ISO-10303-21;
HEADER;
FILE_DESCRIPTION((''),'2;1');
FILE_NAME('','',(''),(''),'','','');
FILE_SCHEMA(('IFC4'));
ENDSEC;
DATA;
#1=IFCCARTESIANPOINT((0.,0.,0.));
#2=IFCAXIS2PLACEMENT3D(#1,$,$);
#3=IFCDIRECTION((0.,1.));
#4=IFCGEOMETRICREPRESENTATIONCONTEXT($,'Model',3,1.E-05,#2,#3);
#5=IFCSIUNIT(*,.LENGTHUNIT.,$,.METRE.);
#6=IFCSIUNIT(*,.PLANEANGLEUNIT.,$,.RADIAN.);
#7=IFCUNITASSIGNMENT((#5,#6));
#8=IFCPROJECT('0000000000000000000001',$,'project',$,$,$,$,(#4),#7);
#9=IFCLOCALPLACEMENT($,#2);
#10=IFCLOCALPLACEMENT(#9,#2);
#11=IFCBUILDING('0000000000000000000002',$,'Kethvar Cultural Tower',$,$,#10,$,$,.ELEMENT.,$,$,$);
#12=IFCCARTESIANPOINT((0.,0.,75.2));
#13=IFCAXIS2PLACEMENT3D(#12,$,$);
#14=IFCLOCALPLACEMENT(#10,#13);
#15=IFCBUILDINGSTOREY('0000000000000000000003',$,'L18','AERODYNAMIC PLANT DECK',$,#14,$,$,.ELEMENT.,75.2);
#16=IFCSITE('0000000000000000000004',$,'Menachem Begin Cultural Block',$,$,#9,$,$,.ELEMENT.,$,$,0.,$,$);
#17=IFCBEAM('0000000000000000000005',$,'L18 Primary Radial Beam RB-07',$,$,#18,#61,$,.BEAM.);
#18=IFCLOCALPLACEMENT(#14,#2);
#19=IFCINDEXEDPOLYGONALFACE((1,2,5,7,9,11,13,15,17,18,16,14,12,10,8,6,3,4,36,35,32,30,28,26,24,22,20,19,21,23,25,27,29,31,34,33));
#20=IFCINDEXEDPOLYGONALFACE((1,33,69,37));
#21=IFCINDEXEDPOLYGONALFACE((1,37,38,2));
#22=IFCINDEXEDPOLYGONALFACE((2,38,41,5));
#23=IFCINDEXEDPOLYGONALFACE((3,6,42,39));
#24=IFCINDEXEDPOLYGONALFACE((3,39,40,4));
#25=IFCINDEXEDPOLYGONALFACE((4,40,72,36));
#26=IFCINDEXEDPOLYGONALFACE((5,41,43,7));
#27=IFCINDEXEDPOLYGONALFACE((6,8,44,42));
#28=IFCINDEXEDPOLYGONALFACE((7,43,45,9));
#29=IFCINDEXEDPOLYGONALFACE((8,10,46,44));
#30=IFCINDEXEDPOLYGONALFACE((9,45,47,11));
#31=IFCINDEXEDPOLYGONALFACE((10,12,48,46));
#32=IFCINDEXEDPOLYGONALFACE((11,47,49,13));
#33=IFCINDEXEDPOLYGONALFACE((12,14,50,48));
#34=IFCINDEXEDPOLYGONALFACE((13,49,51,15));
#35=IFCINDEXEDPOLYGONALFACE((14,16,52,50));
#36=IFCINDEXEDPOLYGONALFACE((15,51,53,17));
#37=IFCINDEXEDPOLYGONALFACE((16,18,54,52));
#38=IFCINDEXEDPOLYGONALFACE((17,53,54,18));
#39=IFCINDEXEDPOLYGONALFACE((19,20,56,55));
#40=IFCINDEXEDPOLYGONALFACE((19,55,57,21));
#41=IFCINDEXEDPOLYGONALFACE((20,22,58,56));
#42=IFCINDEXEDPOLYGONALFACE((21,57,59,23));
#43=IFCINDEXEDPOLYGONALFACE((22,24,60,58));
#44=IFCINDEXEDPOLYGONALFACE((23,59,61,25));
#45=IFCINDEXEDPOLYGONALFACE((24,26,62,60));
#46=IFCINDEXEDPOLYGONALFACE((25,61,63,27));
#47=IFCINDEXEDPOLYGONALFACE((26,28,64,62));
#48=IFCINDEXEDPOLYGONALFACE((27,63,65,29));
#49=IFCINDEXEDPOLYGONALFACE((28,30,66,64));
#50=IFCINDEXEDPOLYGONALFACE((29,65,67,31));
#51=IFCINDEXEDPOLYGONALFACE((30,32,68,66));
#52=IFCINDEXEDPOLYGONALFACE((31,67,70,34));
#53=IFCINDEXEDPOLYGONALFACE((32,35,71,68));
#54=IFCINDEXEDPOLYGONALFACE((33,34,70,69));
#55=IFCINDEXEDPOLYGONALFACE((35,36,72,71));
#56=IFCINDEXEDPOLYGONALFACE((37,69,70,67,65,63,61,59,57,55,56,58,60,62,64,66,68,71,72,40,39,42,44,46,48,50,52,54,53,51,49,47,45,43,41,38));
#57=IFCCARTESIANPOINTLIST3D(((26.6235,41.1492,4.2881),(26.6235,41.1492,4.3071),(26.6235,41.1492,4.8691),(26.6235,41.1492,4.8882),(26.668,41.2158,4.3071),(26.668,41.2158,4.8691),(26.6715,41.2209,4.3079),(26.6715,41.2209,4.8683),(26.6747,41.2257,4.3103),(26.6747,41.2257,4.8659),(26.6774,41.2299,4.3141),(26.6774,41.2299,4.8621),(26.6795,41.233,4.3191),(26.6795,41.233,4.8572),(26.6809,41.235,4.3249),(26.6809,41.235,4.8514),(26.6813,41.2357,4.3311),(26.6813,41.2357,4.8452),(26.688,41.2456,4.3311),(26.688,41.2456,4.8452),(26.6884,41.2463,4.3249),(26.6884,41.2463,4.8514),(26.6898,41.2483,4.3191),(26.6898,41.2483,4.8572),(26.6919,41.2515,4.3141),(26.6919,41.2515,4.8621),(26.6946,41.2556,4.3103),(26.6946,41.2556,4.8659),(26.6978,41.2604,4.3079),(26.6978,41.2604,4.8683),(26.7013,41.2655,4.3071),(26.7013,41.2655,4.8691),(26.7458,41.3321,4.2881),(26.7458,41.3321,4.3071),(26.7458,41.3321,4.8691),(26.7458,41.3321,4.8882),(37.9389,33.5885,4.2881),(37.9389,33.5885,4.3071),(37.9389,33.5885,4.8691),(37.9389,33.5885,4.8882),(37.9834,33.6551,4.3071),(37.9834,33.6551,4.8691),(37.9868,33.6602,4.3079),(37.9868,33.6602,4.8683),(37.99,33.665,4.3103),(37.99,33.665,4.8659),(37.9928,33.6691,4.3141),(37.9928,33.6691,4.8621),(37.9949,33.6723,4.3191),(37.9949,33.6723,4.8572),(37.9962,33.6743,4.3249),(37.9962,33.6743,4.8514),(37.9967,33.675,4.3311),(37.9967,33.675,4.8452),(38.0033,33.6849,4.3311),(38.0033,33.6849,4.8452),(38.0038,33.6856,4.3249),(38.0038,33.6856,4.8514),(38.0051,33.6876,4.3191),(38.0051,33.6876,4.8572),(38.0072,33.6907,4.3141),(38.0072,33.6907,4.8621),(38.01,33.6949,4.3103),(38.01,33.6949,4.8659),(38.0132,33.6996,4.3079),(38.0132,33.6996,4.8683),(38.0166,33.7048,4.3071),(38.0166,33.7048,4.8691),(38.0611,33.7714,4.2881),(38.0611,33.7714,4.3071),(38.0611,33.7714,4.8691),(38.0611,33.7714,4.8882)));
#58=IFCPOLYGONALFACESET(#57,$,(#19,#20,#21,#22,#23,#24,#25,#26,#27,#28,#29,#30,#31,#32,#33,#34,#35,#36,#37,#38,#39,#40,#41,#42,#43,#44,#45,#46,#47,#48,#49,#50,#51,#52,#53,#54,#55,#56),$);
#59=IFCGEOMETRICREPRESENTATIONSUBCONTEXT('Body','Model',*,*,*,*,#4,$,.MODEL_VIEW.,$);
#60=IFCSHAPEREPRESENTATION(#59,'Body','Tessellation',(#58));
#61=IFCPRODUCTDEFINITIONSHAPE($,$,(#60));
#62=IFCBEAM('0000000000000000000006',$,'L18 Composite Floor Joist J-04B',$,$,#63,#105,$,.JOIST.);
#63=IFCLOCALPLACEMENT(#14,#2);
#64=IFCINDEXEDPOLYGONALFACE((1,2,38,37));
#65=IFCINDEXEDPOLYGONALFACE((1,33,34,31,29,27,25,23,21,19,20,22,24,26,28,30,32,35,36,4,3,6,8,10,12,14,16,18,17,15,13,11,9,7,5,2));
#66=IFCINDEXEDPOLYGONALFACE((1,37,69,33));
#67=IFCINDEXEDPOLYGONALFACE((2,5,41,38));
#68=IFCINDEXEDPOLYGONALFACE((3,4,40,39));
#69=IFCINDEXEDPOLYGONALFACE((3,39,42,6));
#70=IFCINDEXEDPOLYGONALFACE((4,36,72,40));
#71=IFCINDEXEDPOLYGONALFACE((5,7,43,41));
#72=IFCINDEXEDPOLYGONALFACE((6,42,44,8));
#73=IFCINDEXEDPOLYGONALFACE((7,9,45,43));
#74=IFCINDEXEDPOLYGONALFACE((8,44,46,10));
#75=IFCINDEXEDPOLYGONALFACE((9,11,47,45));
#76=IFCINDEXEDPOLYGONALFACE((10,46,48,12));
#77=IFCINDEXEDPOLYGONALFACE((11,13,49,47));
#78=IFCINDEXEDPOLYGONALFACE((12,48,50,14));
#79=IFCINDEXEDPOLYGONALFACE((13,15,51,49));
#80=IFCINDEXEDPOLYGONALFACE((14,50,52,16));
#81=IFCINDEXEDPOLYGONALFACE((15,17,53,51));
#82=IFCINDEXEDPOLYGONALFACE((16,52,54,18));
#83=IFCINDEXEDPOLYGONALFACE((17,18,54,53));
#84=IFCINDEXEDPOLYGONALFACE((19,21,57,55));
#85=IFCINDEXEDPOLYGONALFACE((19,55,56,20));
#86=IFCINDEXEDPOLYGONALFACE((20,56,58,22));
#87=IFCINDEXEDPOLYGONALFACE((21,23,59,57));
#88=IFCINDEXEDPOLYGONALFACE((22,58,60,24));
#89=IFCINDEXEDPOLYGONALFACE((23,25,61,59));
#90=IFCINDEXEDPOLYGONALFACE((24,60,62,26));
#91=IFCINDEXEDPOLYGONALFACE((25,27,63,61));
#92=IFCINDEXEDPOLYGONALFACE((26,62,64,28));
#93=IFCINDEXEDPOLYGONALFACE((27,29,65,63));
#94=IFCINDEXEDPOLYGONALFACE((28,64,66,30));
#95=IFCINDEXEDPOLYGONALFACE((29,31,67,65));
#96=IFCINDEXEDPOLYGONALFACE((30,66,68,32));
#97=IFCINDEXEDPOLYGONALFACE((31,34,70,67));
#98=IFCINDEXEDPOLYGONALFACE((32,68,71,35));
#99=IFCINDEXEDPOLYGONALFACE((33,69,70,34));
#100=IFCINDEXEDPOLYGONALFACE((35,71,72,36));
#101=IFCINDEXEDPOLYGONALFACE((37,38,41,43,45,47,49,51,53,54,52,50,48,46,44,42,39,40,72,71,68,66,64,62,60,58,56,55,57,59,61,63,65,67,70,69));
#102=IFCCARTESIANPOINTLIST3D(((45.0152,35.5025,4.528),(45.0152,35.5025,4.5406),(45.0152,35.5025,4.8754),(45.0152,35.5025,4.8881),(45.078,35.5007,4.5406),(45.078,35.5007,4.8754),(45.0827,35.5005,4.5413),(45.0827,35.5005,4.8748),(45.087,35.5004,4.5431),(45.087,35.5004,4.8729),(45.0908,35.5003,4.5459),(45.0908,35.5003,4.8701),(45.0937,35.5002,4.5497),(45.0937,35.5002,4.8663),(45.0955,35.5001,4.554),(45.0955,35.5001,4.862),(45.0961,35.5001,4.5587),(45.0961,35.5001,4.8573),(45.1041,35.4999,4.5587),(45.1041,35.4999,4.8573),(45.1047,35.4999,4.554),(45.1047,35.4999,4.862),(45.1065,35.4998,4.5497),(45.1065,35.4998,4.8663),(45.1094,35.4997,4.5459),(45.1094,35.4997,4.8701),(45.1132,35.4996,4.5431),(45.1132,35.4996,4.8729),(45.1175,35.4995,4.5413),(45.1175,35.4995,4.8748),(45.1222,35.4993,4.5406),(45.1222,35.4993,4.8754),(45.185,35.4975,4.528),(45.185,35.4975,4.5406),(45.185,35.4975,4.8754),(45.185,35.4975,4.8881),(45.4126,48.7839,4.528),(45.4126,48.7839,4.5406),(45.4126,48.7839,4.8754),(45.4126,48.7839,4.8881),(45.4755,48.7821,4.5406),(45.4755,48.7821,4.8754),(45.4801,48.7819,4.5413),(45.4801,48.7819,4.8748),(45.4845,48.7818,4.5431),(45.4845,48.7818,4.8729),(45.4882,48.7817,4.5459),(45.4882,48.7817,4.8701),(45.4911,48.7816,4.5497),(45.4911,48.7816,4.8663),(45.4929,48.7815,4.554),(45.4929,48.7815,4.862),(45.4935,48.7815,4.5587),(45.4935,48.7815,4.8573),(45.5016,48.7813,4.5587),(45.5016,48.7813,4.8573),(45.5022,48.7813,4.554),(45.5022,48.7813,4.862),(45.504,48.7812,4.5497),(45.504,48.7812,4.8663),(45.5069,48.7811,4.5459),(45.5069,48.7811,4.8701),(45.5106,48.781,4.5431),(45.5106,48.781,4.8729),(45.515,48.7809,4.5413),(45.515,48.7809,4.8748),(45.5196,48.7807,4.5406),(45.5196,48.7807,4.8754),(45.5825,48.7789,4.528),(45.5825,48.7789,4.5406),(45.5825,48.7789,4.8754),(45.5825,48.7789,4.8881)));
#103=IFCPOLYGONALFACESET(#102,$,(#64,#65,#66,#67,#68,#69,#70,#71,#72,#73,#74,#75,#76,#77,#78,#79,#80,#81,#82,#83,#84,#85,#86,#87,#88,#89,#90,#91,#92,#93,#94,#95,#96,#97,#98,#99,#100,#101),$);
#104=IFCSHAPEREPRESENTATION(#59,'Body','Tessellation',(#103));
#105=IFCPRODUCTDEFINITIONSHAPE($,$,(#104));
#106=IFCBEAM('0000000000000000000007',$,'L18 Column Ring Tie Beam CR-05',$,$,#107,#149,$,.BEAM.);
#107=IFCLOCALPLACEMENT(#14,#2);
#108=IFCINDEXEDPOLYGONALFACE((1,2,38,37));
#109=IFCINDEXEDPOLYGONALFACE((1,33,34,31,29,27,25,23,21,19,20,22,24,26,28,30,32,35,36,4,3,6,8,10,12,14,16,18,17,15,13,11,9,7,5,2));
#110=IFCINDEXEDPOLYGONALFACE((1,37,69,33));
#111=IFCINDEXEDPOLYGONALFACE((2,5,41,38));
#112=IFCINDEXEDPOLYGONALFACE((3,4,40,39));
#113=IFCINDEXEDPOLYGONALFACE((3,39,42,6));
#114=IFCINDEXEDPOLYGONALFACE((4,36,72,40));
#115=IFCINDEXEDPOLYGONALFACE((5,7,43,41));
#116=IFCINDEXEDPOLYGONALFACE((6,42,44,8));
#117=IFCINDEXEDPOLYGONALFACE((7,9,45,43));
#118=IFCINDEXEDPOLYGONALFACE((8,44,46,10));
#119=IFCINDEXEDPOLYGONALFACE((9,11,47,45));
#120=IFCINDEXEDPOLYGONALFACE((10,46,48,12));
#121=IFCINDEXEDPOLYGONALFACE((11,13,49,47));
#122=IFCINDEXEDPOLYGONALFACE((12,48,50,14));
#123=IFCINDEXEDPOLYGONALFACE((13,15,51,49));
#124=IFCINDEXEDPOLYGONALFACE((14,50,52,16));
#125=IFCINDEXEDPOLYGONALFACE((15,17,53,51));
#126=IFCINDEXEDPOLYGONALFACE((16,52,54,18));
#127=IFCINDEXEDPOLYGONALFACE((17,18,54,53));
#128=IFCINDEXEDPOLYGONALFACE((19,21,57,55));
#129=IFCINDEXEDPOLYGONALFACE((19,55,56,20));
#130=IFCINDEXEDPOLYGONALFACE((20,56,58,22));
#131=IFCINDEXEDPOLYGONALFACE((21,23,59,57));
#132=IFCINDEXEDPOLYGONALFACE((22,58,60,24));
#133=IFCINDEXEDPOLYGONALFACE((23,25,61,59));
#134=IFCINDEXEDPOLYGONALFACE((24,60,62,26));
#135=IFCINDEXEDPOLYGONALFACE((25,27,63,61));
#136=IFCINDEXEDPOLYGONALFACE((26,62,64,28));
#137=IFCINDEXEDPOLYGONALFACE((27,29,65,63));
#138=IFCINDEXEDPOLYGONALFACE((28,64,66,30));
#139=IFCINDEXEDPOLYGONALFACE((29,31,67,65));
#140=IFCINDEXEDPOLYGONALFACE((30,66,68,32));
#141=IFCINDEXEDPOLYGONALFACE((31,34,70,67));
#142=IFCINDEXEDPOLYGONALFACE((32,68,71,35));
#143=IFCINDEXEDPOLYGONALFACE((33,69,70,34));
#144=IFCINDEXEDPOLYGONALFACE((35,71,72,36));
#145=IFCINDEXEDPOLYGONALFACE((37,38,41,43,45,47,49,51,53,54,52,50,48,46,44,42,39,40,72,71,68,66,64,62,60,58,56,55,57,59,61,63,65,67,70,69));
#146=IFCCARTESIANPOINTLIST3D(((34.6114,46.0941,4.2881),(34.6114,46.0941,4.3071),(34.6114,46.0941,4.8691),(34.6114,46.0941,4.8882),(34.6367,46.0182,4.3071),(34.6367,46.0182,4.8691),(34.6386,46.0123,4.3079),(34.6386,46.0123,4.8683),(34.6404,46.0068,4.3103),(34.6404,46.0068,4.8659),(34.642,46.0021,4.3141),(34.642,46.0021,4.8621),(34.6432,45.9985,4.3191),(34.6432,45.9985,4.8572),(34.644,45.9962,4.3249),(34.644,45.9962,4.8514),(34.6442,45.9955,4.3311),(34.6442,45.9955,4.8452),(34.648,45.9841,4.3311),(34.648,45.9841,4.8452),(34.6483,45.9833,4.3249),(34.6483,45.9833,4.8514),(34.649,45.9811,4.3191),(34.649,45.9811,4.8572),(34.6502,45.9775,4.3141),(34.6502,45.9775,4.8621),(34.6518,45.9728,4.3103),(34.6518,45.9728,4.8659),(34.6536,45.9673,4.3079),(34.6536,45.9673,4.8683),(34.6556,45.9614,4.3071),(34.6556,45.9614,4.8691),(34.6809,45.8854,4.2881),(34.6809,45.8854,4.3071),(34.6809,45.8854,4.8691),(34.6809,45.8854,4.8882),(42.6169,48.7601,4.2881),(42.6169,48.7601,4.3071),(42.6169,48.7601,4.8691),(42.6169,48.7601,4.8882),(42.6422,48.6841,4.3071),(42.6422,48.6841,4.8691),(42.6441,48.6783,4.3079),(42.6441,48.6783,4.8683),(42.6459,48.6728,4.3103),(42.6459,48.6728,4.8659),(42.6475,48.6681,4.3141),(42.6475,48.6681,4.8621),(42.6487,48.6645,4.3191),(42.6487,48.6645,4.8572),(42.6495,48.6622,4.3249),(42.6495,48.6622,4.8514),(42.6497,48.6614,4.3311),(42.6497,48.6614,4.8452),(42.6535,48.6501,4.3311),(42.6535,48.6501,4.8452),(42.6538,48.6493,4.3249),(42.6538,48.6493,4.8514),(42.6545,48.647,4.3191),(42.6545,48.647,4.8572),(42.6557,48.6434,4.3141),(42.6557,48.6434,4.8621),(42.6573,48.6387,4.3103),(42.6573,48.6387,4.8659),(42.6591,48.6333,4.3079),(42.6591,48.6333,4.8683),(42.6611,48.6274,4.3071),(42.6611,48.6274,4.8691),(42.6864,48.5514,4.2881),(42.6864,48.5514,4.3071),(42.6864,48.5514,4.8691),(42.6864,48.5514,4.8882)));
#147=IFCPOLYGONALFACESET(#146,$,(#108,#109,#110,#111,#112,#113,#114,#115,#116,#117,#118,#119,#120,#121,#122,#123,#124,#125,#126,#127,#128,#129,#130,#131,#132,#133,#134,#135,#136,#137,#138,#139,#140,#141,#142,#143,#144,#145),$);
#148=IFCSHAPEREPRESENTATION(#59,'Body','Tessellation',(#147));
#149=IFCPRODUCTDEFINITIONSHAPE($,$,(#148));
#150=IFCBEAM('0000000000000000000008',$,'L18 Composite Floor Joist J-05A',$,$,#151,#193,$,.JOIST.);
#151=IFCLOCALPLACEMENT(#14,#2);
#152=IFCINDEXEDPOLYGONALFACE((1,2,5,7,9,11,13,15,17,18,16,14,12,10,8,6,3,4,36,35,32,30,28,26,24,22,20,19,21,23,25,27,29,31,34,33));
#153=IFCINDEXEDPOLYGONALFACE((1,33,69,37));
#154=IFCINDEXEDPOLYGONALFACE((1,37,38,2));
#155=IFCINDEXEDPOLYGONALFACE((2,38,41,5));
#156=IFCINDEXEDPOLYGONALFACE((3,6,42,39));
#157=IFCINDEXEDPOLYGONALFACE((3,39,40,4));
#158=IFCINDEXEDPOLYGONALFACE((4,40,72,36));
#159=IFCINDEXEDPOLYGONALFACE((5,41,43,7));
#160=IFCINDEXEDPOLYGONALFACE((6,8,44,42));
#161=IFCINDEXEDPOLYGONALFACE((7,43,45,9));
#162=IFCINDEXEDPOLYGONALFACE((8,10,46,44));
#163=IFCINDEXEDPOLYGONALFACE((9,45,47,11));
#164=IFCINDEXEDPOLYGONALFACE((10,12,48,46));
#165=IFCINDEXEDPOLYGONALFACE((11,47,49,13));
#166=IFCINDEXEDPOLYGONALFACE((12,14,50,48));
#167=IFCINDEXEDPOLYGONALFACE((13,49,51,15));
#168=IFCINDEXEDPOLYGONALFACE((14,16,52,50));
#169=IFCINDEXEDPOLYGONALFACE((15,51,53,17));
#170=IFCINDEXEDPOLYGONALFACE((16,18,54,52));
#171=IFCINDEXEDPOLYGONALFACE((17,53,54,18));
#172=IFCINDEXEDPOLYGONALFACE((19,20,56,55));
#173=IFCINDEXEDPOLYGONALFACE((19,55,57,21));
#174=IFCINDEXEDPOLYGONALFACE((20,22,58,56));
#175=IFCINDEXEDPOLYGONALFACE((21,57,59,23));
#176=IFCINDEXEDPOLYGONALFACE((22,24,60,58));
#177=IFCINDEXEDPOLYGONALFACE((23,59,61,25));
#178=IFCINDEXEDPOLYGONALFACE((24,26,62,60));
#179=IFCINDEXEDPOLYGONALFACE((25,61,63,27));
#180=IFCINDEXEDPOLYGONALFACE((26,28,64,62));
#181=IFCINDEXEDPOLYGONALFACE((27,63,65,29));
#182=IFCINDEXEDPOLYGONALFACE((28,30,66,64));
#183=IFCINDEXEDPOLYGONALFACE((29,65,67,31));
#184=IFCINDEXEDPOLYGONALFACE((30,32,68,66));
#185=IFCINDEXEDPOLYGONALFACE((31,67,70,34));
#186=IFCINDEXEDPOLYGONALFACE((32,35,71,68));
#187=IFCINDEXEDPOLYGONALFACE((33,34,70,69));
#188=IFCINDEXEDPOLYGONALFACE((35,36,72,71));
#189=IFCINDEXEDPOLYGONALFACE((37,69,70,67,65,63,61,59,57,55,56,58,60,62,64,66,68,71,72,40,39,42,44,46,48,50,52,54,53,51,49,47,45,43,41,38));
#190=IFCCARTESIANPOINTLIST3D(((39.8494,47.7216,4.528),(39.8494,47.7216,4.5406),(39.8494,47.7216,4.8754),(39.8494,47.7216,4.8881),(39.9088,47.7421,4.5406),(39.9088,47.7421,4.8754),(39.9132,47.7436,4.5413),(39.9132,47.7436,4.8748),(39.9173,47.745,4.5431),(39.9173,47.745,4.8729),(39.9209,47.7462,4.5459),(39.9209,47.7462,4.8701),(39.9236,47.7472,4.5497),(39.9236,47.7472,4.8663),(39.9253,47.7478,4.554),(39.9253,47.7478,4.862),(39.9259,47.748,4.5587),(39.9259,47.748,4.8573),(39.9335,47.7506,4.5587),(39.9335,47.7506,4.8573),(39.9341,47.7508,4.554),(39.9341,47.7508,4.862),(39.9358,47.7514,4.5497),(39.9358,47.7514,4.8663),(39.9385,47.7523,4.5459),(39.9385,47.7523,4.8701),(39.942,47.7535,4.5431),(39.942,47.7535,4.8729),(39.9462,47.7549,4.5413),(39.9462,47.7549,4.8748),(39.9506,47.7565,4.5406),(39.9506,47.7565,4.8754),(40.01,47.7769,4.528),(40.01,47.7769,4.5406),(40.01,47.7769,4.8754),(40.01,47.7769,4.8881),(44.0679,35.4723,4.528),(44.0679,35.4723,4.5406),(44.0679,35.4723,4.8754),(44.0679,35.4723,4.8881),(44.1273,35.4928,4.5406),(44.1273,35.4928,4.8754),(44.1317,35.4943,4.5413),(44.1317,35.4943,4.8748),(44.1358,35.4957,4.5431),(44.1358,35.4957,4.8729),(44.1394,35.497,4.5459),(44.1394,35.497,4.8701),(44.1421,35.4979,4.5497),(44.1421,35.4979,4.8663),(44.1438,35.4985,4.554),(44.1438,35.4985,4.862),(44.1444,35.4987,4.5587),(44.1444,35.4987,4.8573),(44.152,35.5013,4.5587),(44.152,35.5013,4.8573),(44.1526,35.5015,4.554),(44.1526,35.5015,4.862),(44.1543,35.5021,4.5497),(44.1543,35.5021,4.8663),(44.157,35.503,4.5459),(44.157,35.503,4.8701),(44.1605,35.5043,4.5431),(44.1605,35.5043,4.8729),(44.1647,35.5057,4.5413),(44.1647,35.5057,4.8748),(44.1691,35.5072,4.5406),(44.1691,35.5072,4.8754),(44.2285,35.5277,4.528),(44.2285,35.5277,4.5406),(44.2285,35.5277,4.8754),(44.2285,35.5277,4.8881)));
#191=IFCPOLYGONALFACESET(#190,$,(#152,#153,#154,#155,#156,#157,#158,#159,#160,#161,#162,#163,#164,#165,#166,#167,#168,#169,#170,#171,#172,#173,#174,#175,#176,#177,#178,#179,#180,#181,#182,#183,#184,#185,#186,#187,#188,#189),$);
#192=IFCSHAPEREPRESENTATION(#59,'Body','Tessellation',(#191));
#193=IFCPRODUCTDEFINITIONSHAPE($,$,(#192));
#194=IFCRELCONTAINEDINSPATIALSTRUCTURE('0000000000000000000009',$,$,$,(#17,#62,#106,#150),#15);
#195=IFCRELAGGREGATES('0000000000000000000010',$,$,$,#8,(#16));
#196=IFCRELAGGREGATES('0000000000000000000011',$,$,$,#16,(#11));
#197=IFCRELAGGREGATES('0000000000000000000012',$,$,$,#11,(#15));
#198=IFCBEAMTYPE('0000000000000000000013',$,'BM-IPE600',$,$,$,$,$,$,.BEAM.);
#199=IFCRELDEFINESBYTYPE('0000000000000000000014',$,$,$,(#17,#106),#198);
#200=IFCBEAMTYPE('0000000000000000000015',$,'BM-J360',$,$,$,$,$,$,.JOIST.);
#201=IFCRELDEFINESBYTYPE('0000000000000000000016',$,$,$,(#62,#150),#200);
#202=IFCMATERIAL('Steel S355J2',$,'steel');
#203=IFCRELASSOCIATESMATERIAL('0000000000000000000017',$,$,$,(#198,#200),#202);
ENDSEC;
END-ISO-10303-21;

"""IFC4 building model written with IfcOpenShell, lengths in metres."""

from ifc_helpers import new_model, si_unit, direction, frame, origin, origin_2d, place, context, subcontext, project, spatial, i_section, extrude, source, transform, mapped, material, material_profile, profile_set, type_object, element, save


model = new_model("IFC4")

# Units and contexts
model_context = context("Model", 3, precision=1e-05, world=origin(), true_north=direction((0.0, 1.0)))
body_context = subcontext(model_context, "Body", "Model", "MODEL_VIEW")
ifc_project = project(units=[si_unit("LENGTHUNIT", "METRE"), si_unit("PLANEANGLEUNIT", "RADIAN")], contexts=[model_context])

# Site, building, storey
site_placement = place(None, origin())
site = spatial("IfcSite", under=ifc_project, at=site_placement, Name="Menachem Begin Cultural Block", CompositionType="ELEMENT", RefElevation=0.0)
building_placement = place(site_placement, origin())
building = spatial("IfcBuilding", under=site, at=building_placement, Name="Kethvar Cultural Tower", CompositionType="ELEMENT")
storey_placement = place(building_placement, frame((0.0, 0.0, 75.2)))
storey = spatial("IfcBuildingStorey", under=building, at=storey_placement, Name="L18", Description="AERODYNAMIC PLANT DECK", CompositionType="ELEMENT", Elevation=75.2)

# Beams
ifc_material_1 = material(Name="Steel S355J2", Category="steel")
ifc_material_profile_1 = material_profile(ifc_material_1, i_section(OverallWidth=0.22, OverallDepth=0.6001, WebThickness=0.012, FlangeThickness=0.019, FilletRadius=0.0239, at=origin_2d()), Name="Steel S355J2 — IPE600")
ifc_profile_set_1 = profile_set([ifc_material_profile_1], Name="Steel S355J2 — IPE600")
beam_type_1 = type_object("IfcBeamType", Name="BM-IPE600", PredefinedType="BEAM", material=ifc_profile_set_1)
shared_shape_1 = source(origin(), body_context, "Body", "SweptSolid", [
    extrude(i_section(OverallWidth=0.22, OverallDepth=0.6001, WebThickness=0.012, FlangeThickness=0.019, FilletRadius=0.0239, at=origin_2d()), origin(), (0.0, 0.0, 1.0), 13.6089),
])
beam_1_placement = place(storey_placement, frame((38.0, 33.6799, 4.5881), z_axis=(-0.831467, 0.555573, 0.0), x_axis=(-0.555573, -0.831467, 0.0)))
element("IfcBeam", 1, at=beam_1_placement, inside=storey, type_object=beam_type_1, Name="L18 Primary Radial Beam RB-07", PredefinedType="BEAM", context=body_context, shape_type="MappedRepresentation", body=[
    mapped(shared_shape_1, transform((0.0, 0.0, 0.0), scale=1.0)),
])
ifc_material_profile_2 = material_profile(ifc_material_1, i_section(OverallWidth=0.1699, OverallDepth=0.3601, WebThickness=0.0081, FlangeThickness=0.0127, FilletRadius=0.0181, at=origin_2d()), Name="Steel S355J2 — IPE360")
ifc_profile_set_2 = profile_set([ifc_material_profile_2], Name="Steel S355J2 — IPE360")
beam_type_2 = type_object("IfcBeamType", Name="BM-J360", PredefinedType="JOIST", material=ifc_profile_set_2)
shared_shape_2 = source(origin(), body_context, "Body", "SweptSolid", [
    extrude(i_section(OverallWidth=0.1699, OverallDepth=0.3601, WebThickness=0.0081, FlangeThickness=0.0127, FilletRadius=0.0181, at=origin_2d()), origin(), (0.0, 0.0, 1.0), 13.2874),
])
beam_2_placement = place(storey_placement, frame((45.1001, 35.5, 4.708), z_axis=(0.029913, 0.999553, 0.0), x_axis=(-0.999553, 0.029913, 0.0)))
element("IfcBeam", 2, at=beam_2_placement, inside=storey, type_object=beam_type_2, Name="L18 Composite Floor Joist J-04B", PredefinedType="JOIST", context=body_context, shape_type="MappedRepresentation", body=[
    mapped(shared_shape_2, transform((0.0, 0.0, 0.0), scale=1.0)),
])
shared_shape_3 = source(origin(), body_context, "Body", "SweptSolid", [
    extrude(i_section(OverallWidth=0.22, OverallDepth=0.6001, WebThickness=0.012, FlangeThickness=0.019, FilletRadius=0.0239, at=origin_2d()), origin(), (0.0, 0.0, 1.0), 8.4377),
])
beam_3_placement = place(storey_placement, frame((42.6516, 48.6558, 4.5881), z_axis=(-0.948773, -0.315959, 0.0), x_axis=(0.315959, -0.948773, 0.0)))
element("IfcBeam", 3, at=beam_3_placement, inside=storey, type_object=beam_type_1, Name="L18 Column Ring Tie Beam CR-05", PredefinedType="BEAM", context=body_context, shape_type="MappedRepresentation", body=[
    mapped(shared_shape_3, transform((0.0, 0.0, 0.0), scale=1.0)),
])
shared_shape_4 = source(origin(), body_context, "Body", "SweptSolid", [
    extrude(i_section(OverallWidth=0.1699, OverallDepth=0.3601, WebThickness=0.0081, FlangeThickness=0.0127, FilletRadius=0.0181, at=origin_2d()), origin(), (0.0, 0.0, 1.0), 12.9553),
])
beam_4_placement = place(storey_placement, frame((44.1482, 35.5, 4.708), z_axis=(-0.32562, 0.945501, 0.0), x_axis=(-0.945501, -0.32562, 0.0)))
element("IfcBeam", 4, at=beam_4_placement, inside=storey, type_object=beam_type_2, Name="L18 Composite Floor Joist J-05A", PredefinedType="JOIST", context=body_context, shape_type="MappedRepresentation", body=[
    mapped(shared_shape_4, transform((0.0, 0.0, 0.0), scale=1.0)),
])

save(model, "model.ifc")
